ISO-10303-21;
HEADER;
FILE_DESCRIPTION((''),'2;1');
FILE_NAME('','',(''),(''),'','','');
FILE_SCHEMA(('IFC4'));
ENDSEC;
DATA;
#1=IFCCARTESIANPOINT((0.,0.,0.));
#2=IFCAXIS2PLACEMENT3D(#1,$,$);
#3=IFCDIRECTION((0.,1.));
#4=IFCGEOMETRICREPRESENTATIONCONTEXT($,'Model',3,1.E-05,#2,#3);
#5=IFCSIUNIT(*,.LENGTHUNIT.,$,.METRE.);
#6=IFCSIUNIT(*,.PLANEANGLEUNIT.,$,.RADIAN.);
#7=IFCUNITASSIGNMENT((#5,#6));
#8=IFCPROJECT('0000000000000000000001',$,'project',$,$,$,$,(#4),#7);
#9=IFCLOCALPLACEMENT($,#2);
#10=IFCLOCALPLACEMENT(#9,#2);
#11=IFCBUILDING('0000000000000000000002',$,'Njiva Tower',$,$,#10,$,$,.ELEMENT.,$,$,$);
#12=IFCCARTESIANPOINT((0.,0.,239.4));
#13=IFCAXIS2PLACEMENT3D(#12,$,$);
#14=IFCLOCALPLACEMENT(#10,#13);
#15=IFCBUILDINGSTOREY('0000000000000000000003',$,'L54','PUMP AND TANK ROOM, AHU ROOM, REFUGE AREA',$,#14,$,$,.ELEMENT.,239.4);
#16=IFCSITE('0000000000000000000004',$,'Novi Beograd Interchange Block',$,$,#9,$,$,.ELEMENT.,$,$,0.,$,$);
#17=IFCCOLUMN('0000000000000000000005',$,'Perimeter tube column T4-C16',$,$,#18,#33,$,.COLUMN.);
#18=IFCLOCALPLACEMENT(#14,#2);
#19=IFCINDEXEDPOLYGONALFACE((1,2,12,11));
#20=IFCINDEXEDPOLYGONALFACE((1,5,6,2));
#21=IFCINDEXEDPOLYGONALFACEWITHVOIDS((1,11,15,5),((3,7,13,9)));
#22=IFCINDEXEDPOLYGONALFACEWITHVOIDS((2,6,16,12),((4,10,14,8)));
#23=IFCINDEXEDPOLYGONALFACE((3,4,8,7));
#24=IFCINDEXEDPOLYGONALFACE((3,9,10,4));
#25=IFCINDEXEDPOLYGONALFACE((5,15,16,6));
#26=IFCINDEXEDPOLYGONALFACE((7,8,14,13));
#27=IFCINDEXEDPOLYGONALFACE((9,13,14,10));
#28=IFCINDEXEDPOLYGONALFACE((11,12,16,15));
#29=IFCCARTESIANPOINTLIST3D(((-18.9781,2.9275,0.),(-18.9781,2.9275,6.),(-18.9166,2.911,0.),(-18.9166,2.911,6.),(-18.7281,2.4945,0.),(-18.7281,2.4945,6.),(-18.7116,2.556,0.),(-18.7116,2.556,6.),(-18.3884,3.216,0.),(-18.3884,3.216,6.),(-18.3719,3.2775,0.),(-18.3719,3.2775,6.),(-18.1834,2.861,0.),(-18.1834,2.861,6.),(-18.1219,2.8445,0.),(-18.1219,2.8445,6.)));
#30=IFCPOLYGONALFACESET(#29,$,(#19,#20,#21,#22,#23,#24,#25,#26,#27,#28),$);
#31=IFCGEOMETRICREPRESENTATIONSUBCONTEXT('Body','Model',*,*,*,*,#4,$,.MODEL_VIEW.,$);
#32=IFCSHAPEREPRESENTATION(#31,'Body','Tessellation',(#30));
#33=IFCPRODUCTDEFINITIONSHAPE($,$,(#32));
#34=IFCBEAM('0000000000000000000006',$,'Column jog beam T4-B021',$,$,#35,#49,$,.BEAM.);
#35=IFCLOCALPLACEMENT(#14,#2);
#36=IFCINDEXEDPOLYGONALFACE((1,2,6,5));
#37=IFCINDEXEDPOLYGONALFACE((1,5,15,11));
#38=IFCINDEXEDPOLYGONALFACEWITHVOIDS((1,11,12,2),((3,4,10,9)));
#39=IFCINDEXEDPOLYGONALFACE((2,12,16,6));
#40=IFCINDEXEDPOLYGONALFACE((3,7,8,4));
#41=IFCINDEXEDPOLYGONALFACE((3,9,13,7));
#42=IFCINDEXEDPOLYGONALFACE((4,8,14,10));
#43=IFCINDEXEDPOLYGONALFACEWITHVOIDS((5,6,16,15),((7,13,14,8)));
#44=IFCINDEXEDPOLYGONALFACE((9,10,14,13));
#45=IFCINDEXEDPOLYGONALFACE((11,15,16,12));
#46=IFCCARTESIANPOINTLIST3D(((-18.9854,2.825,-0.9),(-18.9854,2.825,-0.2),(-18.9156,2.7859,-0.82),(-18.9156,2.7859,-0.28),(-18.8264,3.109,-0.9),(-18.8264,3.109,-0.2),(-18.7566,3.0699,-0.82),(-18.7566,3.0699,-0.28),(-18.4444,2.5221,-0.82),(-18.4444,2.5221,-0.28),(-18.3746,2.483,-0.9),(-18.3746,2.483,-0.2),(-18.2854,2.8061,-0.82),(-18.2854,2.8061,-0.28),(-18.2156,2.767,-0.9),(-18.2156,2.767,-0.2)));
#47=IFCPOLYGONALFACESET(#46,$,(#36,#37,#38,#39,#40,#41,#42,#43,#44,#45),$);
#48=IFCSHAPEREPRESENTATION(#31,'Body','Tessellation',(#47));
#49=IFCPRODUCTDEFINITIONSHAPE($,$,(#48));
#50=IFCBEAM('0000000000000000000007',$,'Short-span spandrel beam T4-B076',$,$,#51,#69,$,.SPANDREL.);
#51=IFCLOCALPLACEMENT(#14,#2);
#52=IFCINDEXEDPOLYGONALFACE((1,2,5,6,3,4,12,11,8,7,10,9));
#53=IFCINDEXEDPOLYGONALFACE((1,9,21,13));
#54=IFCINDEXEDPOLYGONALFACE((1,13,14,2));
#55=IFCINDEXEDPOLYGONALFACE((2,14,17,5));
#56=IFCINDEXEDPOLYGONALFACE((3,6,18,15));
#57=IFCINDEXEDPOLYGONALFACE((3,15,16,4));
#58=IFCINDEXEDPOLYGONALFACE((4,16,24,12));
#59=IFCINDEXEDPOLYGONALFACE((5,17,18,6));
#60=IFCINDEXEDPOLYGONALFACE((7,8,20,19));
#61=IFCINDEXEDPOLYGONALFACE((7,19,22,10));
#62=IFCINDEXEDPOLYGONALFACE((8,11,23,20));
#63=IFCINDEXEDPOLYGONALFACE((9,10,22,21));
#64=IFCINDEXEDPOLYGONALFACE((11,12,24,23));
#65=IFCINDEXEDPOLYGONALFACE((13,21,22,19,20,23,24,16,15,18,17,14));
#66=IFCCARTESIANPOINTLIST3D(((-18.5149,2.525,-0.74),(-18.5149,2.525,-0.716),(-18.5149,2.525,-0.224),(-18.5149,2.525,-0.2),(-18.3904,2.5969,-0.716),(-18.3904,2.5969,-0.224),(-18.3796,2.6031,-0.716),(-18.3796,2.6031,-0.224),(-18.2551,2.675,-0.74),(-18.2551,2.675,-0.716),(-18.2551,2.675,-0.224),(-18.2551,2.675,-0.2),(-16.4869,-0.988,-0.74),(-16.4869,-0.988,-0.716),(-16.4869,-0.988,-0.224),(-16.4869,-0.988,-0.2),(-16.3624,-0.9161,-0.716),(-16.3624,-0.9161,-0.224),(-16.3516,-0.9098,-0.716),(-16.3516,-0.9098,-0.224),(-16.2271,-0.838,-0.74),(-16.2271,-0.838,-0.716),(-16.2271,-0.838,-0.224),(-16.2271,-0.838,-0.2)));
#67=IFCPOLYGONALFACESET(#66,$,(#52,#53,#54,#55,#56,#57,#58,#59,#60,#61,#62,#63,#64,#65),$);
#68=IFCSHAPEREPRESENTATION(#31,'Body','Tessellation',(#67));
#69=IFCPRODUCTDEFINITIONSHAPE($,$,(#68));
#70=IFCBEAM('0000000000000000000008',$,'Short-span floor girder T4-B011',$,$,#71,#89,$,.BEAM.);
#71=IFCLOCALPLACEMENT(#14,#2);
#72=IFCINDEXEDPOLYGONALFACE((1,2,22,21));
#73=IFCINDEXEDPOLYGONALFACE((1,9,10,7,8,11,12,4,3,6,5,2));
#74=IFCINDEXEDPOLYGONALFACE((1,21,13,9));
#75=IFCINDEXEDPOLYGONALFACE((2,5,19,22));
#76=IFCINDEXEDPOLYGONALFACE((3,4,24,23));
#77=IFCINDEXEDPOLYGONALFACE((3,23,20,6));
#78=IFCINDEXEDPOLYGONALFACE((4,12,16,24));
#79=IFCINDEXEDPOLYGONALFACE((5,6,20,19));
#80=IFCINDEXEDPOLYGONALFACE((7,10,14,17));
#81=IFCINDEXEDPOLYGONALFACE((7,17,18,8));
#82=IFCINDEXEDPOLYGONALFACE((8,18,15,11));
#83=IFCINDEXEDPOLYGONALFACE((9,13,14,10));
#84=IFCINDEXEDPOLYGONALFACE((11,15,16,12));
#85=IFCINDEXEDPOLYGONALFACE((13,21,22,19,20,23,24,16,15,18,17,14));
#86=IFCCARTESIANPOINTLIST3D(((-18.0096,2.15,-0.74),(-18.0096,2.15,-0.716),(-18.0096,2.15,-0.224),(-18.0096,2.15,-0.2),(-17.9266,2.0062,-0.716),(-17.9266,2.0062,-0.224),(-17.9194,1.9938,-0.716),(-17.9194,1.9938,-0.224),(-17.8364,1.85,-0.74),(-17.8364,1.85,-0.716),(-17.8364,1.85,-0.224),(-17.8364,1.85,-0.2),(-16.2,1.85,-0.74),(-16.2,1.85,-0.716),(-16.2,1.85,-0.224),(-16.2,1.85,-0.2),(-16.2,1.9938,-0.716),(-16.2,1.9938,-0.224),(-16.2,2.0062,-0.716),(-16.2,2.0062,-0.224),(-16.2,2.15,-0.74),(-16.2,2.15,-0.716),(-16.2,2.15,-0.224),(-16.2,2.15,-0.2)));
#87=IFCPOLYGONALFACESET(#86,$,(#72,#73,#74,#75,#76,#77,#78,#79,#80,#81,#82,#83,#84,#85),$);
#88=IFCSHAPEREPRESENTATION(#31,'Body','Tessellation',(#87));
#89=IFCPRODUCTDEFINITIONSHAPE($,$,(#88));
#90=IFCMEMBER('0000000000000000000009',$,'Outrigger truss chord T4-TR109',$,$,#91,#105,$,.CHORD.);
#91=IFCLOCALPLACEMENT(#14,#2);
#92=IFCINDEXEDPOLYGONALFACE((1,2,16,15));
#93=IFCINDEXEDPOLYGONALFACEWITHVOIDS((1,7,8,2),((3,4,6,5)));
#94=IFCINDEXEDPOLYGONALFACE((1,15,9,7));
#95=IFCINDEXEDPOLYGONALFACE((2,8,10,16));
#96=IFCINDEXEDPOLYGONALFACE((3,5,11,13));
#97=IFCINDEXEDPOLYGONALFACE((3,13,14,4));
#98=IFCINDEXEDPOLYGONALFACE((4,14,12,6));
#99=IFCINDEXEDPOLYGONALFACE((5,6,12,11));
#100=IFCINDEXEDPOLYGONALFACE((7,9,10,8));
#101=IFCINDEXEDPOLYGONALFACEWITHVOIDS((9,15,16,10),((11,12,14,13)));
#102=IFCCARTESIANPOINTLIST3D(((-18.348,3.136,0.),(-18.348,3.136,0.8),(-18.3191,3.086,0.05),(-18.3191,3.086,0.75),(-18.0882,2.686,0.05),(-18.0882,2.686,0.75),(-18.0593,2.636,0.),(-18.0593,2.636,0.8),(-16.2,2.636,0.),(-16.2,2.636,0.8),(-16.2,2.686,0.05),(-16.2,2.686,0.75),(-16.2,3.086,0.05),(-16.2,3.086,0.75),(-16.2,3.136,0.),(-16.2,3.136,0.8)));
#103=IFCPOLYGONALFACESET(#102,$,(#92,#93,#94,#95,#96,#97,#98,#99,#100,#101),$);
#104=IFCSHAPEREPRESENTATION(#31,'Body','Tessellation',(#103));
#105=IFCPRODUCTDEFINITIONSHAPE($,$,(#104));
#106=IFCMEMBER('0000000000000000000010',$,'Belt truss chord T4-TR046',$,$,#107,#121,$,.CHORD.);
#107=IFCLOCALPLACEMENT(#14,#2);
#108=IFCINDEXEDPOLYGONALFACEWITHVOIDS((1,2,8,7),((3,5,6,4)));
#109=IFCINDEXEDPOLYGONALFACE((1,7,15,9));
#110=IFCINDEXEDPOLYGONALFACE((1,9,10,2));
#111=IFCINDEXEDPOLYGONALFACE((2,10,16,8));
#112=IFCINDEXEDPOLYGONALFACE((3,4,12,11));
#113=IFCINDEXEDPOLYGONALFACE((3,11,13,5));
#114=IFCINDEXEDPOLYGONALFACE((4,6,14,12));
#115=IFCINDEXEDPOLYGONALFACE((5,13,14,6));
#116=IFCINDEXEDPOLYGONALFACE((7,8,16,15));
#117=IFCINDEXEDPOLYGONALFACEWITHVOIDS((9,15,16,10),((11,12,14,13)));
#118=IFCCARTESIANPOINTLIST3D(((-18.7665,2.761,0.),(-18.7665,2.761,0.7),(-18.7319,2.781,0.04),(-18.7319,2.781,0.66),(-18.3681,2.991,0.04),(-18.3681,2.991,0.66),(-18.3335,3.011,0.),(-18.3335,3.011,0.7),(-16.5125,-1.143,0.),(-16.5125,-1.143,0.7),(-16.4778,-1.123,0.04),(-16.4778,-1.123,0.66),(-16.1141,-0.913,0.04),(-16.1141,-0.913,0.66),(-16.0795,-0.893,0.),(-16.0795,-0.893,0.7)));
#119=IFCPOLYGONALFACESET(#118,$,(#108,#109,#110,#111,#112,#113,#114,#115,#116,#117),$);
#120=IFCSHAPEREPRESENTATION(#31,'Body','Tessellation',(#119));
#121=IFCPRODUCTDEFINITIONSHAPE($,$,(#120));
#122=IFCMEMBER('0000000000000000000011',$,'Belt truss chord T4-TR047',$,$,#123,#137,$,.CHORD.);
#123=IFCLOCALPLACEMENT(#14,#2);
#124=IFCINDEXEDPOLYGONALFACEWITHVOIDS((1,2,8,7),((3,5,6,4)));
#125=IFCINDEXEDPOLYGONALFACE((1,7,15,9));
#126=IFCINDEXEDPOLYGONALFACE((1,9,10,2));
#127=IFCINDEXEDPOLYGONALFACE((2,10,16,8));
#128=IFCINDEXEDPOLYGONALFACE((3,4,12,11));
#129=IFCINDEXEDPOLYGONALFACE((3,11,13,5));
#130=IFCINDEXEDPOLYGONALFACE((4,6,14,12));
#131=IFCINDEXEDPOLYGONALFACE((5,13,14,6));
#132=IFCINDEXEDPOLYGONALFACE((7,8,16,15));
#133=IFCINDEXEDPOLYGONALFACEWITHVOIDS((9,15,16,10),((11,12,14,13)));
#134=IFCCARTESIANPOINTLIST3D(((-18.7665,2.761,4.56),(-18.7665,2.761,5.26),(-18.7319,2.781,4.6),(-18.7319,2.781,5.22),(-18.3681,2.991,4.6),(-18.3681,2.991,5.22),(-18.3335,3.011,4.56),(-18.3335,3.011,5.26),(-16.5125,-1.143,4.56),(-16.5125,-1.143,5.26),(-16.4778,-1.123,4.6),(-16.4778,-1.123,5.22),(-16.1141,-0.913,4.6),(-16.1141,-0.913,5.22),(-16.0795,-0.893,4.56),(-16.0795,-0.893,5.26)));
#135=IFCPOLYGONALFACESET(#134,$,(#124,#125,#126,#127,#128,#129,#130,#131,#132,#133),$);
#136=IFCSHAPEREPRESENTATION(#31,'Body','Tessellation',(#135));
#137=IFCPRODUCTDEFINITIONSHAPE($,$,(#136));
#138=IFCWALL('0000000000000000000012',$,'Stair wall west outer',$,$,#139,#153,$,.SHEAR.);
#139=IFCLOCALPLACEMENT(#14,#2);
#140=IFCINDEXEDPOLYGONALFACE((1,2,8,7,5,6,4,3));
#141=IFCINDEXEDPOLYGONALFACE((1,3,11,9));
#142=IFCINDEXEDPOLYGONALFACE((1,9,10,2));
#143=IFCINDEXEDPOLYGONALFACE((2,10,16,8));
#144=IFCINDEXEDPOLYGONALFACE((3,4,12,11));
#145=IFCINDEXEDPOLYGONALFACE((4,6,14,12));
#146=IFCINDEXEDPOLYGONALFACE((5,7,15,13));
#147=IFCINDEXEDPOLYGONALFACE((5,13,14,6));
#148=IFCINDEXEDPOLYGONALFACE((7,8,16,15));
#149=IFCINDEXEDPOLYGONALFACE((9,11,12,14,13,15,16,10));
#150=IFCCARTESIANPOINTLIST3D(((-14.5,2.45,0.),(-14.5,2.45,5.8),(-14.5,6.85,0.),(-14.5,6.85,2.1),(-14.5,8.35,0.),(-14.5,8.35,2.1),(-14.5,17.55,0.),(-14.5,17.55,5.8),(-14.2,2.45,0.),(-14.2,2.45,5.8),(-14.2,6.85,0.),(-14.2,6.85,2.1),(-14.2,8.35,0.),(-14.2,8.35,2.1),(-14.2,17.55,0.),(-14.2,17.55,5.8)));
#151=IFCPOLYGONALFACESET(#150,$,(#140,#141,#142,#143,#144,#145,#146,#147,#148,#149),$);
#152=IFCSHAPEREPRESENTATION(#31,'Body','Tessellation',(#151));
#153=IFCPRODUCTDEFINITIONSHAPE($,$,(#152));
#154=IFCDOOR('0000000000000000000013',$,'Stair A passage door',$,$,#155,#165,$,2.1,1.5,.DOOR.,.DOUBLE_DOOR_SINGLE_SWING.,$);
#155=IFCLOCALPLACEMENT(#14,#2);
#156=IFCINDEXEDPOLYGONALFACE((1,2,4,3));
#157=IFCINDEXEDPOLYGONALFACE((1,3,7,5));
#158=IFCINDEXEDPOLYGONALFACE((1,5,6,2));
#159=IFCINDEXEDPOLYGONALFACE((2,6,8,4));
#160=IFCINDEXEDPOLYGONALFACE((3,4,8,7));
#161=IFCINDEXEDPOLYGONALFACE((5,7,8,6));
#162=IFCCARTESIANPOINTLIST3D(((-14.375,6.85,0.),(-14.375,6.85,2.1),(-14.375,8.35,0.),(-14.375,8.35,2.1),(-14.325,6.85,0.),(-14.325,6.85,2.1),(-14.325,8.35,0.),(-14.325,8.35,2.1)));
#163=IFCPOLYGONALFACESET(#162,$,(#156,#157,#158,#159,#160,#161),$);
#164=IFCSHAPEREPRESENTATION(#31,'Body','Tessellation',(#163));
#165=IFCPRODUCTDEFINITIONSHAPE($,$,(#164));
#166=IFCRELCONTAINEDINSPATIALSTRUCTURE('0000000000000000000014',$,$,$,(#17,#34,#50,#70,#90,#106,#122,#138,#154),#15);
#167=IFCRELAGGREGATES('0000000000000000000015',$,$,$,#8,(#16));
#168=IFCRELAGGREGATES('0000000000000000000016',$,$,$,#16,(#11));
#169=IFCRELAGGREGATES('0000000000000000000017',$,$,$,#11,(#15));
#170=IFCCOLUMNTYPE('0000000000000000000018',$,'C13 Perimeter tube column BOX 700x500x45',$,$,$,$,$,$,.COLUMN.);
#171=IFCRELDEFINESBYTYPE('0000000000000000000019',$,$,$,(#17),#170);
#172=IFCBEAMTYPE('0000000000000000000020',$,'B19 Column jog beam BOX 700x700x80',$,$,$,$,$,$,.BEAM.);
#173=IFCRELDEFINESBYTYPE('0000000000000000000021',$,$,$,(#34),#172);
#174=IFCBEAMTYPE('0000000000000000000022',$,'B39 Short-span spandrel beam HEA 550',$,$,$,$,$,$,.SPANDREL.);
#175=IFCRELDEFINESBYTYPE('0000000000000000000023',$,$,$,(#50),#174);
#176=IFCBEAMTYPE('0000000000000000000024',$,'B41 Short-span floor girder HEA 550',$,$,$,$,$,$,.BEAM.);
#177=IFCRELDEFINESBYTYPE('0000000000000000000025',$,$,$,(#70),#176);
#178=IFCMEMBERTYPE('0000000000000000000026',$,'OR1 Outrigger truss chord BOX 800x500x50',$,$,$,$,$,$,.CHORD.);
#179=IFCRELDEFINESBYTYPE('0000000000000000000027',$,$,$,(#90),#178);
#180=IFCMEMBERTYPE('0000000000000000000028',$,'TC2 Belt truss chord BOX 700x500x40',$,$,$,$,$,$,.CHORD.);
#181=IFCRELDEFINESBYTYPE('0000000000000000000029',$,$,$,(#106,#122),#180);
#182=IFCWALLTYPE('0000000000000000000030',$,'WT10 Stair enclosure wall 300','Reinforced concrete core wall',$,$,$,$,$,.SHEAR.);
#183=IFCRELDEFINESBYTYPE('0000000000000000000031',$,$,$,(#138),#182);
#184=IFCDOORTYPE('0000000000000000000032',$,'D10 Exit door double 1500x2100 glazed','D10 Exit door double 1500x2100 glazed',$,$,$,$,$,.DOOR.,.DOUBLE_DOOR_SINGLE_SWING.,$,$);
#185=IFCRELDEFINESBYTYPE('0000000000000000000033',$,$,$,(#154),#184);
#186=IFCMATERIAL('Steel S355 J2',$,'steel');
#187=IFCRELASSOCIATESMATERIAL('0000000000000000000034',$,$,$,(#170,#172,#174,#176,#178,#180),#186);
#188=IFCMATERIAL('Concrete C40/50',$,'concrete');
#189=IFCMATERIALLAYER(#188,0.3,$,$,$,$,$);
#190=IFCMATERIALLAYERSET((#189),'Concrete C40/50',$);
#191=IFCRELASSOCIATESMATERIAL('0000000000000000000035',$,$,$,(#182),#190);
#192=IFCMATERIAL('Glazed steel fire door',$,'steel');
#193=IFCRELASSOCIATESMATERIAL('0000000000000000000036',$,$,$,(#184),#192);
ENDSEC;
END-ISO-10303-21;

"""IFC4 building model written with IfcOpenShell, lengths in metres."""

from ifc_helpers import new_model, si_unit, direction, frame, frame_2d, origin, origin_2d, place, context, subcontext, project, spatial, rectangle, hollow_rectangle, i_section, extrude, clip, halfspace, material, layer, layer_set, material_profile, profile_set, type_object, element, fill, save


model = new_model("IFC4")

# Units and contexts
model_context = context("Model", 3, precision=1e-05, world=origin(), true_north=direction((0.0, 1.0)))
body_context = subcontext(model_context, "Body", "Model", "MODEL_VIEW")
ifc_project = project(units=[si_unit("LENGTHUNIT", "METRE"), si_unit("PLANEANGLEUNIT", "RADIAN")], contexts=[model_context])

# Site, building, storey
site_placement = place(None, origin())
site = spatial("IfcSite", under=ifc_project, at=site_placement, Name="Novi Beograd Interchange Block", CompositionType="ELEMENT", RefElevation=0.0)
building_placement = place(site_placement, origin())
building = spatial("IfcBuilding", under=site, at=building_placement, Name="Njiva Tower", CompositionType="ELEMENT")
storey_placement = place(building_placement, frame((0.0, 0.0, 239.4)))
storey = spatial("IfcBuildingStorey", under=building, at=storey_placement, Name="L54", Description="PUMP AND TANK ROOM, AHU ROOM, REFUGE AREA", CompositionType="ELEMENT", Elevation=239.4)

# Column
ifc_material_1 = material(Name="Steel S355 J2", Category="steel")
ifc_material_profile_1 = material_profile(ifc_material_1, hollow_rectangle(XDim=0.5, YDim=0.7, WallThickness=0.045, at=origin_2d()), Name="BOX 700x500x45")
ifc_profile_set_1 = profile_set([ifc_material_profile_1], Name="Steel S355 J2")
column_type = type_object("IfcColumnType", Name="C13 Perimeter tube column BOX 700x500x45", PredefinedType="COLUMN", material=ifc_profile_set_1)
column_placement = place(storey_placement, frame((-18.55, 2.886, 0.0), z_axis=(0.0, 0.0, 1.0), x_axis=(0.5, -0.866025, 0.0)))
element("IfcColumn", 1, at=column_placement, inside=storey, type_object=column_type, Name="Perimeter tube column T4-C16", PredefinedType="COLUMN", context=body_context, shape_type="SweptSolid", body=[
    extrude(hollow_rectangle(XDim=0.5, YDim=0.7, WallThickness=0.045, at=origin_2d()), origin(), (0.0, 0.0, 1.0), 6.0),
])

# Beams
ifc_material_profile_2 = material_profile(ifc_material_1, hollow_rectangle(XDim=0.7, YDim=0.7, WallThickness=0.08, at=origin_2d()), Name="BOX 700x700x80")
ifc_profile_set_2 = profile_set([ifc_material_profile_2], Name="Steel S355 J2")
beam_type_1 = type_object("IfcBeamType", Name="B19 Column jog beam BOX 700x700x80", PredefinedType="BEAM", material=ifc_profile_set_2)
beam_1_placement = place(storey_placement, frame((-18.68, 2.654, -0.55), z_axis=(0.48851, 0.872558, 0.0), x_axis=(-0.872558, 0.48851, 0.0)))
element("IfcBeam", 2, at=beam_1_placement, inside=storey, type_object=beam_type_1, Name="Column jog beam T4-B021", PredefinedType="BEAM", context=body_context, shape_type="SweptSolid", body=[
    extrude(hollow_rectangle(XDim=0.7, YDim=0.7, WallThickness=0.08, at=origin_2d()), origin(), (0.0, 0.0, 1.0), 0.3255),
])
ifc_material_profile_3 = material_profile(ifc_material_1, i_section(OverallWidth=0.3, OverallDepth=0.54, WebThickness=0.0125, FlangeThickness=0.024, at=origin_2d()), Name="HEA 550")
ifc_profile_set_3 = profile_set([ifc_material_profile_3], Name="Steel S355 J2")
beam_type_2 = type_object("IfcBeamType", Name="B39 Short-span spandrel beam HEA 550", PredefinedType="SPANDREL", material=ifc_profile_set_3)
beam_2_placement = place(storey_placement, frame((-18.385, 2.6, -0.47), z_axis=(0.499957, -0.86605, 0.0), x_axis=(0.86605, 0.499957, 0.0)))
element("IfcBeam", 3, at=beam_2_placement, inside=storey, type_object=beam_type_2, Name="Short-span spandrel beam T4-B076", PredefinedType="SPANDREL", context=body_context, shape_type="SweptSolid", body=[
    extrude(i_section(OverallWidth=0.3, OverallDepth=0.54, WebThickness=0.0125, FlangeThickness=0.024, at=origin_2d()), origin(), (0.0, 0.0, 1.0), 4.0563),
])
ifc_material_profile_4 = material_profile(ifc_material_1, i_section(OverallWidth=0.3, OverallDepth=0.54, WebThickness=0.0125, FlangeThickness=0.024, at=origin_2d()), Name="HEA 550")
ifc_profile_set_4 = profile_set([ifc_material_profile_4], Name="Steel S355 J2")
beam_type_3 = type_object("IfcBeamType", Name="B41 Short-span floor girder HEA 550", PredefinedType="BEAM", material=ifc_profile_set_4)
beam_3_placement = place(storey_placement, frame((-18.03, 2.0, -0.47), z_axis=(1.0, 0.0, 0.0), x_axis=(0.0, 1.0, 0.0)))
element("IfcBeam", 4, at=beam_3_placement, inside=storey, type_object=beam_type_3, Name="Short-span floor girder T4-B011", PredefinedType="BEAM", context=body_context, shape_type="Clipping", body=[
    clip(extrude(i_section(OverallWidth=0.3, OverallDepth=0.54, WebThickness=0.0125, FlangeThickness=0.024, at=origin_2d()), origin(), (0.0, 0.0, 1.0), 1.83), halfspace(frame((-0.025, 0.0, 0.1214), z_axis=(-0.499998, 0.0, -0.866027), x_axis=(0.0, -1.0, 0.0)), False)),
])

# Members
ifc_material_profile_5 = material_profile(ifc_material_1, hollow_rectangle(XDim=0.5, YDim=0.8, WallThickness=0.05, at=origin_2d()), Name="BOX 800x500x50")
ifc_profile_set_5 = profile_set([ifc_material_profile_5], Name="Steel S355 J2")
member_type_1 = type_object("IfcMemberType", Name="OR1 Outrigger truss chord BOX 800x500x50", PredefinedType="CHORD", material=ifc_profile_set_5)
member_placement = place(storey_placement, frame((-16.2, 2.886, 0.4), z_axis=(-1.0, 0.0, 0.0), x_axis=(0.0, -1.0, 0.0)))
element("IfcMember", 5, at=member_placement, inside=storey, type_object=member_type_1, Name="Outrigger truss chord T4-TR109", PredefinedType="CHORD", context=body_context, shape_type="Clipping", body=[
    clip(extrude(hollow_rectangle(XDim=0.5, YDim=0.8, WallThickness=0.05, at=origin_2d()), origin(), (0.0, 0.0, 1.0), 2.524), halfspace(frame((0.025, 0.0, 1.9892), z_axis=(0.499998, 0.0, 0.866027), x_axis=(0.0, 1.0, 0.0)), False)),
])
ifc_material_profile_6 = material_profile(ifc_material_1, hollow_rectangle(XDim=0.5, YDim=0.7, WallThickness=0.04, at=origin_2d()), Name="BOX 700x500x40")
ifc_profile_set_6 = profile_set([ifc_material_profile_6], Name="Steel S355 J2")
member_type_2 = type_object("IfcMemberType", Name="TC2 Belt truss chord BOX 700x500x40", PredefinedType="CHORD", material=ifc_profile_set_6)
for number, where, z_axis, x_axis, name in (
    (6, (-18.55, 2.886, 0.35), (0.500004, -0.866023, 0.0), (0.866023, 0.500004, 0.0), "Belt truss chord T4-TR046"),
    (7, (-18.55, 2.886, 4.91), (0.500004, -0.866023, 0.0), (0.866023, 0.500004, 0.0), "Belt truss chord T4-TR047"),
):
    element("IfcMember", number, at=place(storey_placement, frame(where, z_axis=z_axis, x_axis=x_axis)), inside=storey, type_object=member_type_2, Name=name, PredefinedType="CHORD", context=body_context, shape_type="SweptSolid", body=[
        extrude(hollow_rectangle(XDim=0.5, YDim=0.7, WallThickness=0.04, at=origin_2d()), origin(), (0.0, 0.0, 1.0), 4.508),
    ])

# Wall, opening, door
ifc_material_2 = material(Name="Concrete C40/50", Category="concrete")
ifc_layer_1 = layer(ifc_material_2, 0.3)
ifc_layer_set_1 = layer_set([ifc_layer_1], Name="Concrete C40/50")
wall_type_1 = type_object("IfcWallType", Name="WT10 Stair enclosure wall 300", Description="Reinforced concrete core wall", PredefinedType="SHEAR", material=ifc_layer_set_1)
wall_1_placement = place(storey_placement, frame((-14.35, 2.45, 0.0), z_axis=(0.0, 0.0, 1.0), x_axis=(0.0, 1.0, 0.0)))
wall_1 = element("IfcWall", 8, at=wall_1_placement, inside=storey, type_object=wall_type_1, Name="Stair wall west outer", PredefinedType="SHEAR", context=body_context, shape_type="SweptSolid", body=[
    extrude(rectangle(XDim=15.1, YDim=0.3, at=frame_2d((7.55, 0.0))), origin(), (0.0, 0.0, 1.0), 5.8),
])
opening_1_placement = place(wall_1_placement, frame((4.4, 0.0, 0.0)))
opening_1 = element("IfcOpeningElement", 9, at=opening_1_placement, cuts=wall_1, PredefinedType="OPENING", context=body_context, shape_type="SweptSolid", body=[
    extrude(rectangle(XDim=1.5, YDim=2.1, at=frame_2d((0.75, 1.05))), frame((0.0, 0.16, 0.0), z_axis=(0.0, -1.0, 0.0), x_axis=(1.0, 0.0, 0.0)), (0.0, 0.0, 1.0), 0.32),
])
ifc_material_3 = material(Name="Glazed steel fire door", Category="steel")
door_type_1 = type_object("IfcDoorType", Name="D10 Exit door double 1500x2100 glazed", Description="D10 Exit door double 1500x2100 glazed", OperationType="DOUBLE_DOOR_SINGLE_SWING", PredefinedType="DOOR", material=ifc_material_3)
door_1_placement = place(opening_1_placement, origin())
door_1 = element("IfcDoor", 10, at=door_1_placement, inside=storey, type_object=door_type_1, Name="Stair A passage door", OperationType="DOUBLE_DOOR_SINGLE_SWING", OverallHeight=2.1, OverallWidth=1.5, PredefinedType="DOOR", context=body_context, shape_type="SweptSolid", body=[
    extrude(rectangle(XDim=1.5, YDim=2.1, at=frame_2d((0.75, 1.05))), frame((0.0, 0.025, 0.0), z_axis=(0.0, -1.0, 0.0), x_axis=(1.0, 0.0, 0.0)), (0.0, 0.0, 1.0), 0.05),
])
fill(opening_1, door_1)

save(model, "model.ifc")
